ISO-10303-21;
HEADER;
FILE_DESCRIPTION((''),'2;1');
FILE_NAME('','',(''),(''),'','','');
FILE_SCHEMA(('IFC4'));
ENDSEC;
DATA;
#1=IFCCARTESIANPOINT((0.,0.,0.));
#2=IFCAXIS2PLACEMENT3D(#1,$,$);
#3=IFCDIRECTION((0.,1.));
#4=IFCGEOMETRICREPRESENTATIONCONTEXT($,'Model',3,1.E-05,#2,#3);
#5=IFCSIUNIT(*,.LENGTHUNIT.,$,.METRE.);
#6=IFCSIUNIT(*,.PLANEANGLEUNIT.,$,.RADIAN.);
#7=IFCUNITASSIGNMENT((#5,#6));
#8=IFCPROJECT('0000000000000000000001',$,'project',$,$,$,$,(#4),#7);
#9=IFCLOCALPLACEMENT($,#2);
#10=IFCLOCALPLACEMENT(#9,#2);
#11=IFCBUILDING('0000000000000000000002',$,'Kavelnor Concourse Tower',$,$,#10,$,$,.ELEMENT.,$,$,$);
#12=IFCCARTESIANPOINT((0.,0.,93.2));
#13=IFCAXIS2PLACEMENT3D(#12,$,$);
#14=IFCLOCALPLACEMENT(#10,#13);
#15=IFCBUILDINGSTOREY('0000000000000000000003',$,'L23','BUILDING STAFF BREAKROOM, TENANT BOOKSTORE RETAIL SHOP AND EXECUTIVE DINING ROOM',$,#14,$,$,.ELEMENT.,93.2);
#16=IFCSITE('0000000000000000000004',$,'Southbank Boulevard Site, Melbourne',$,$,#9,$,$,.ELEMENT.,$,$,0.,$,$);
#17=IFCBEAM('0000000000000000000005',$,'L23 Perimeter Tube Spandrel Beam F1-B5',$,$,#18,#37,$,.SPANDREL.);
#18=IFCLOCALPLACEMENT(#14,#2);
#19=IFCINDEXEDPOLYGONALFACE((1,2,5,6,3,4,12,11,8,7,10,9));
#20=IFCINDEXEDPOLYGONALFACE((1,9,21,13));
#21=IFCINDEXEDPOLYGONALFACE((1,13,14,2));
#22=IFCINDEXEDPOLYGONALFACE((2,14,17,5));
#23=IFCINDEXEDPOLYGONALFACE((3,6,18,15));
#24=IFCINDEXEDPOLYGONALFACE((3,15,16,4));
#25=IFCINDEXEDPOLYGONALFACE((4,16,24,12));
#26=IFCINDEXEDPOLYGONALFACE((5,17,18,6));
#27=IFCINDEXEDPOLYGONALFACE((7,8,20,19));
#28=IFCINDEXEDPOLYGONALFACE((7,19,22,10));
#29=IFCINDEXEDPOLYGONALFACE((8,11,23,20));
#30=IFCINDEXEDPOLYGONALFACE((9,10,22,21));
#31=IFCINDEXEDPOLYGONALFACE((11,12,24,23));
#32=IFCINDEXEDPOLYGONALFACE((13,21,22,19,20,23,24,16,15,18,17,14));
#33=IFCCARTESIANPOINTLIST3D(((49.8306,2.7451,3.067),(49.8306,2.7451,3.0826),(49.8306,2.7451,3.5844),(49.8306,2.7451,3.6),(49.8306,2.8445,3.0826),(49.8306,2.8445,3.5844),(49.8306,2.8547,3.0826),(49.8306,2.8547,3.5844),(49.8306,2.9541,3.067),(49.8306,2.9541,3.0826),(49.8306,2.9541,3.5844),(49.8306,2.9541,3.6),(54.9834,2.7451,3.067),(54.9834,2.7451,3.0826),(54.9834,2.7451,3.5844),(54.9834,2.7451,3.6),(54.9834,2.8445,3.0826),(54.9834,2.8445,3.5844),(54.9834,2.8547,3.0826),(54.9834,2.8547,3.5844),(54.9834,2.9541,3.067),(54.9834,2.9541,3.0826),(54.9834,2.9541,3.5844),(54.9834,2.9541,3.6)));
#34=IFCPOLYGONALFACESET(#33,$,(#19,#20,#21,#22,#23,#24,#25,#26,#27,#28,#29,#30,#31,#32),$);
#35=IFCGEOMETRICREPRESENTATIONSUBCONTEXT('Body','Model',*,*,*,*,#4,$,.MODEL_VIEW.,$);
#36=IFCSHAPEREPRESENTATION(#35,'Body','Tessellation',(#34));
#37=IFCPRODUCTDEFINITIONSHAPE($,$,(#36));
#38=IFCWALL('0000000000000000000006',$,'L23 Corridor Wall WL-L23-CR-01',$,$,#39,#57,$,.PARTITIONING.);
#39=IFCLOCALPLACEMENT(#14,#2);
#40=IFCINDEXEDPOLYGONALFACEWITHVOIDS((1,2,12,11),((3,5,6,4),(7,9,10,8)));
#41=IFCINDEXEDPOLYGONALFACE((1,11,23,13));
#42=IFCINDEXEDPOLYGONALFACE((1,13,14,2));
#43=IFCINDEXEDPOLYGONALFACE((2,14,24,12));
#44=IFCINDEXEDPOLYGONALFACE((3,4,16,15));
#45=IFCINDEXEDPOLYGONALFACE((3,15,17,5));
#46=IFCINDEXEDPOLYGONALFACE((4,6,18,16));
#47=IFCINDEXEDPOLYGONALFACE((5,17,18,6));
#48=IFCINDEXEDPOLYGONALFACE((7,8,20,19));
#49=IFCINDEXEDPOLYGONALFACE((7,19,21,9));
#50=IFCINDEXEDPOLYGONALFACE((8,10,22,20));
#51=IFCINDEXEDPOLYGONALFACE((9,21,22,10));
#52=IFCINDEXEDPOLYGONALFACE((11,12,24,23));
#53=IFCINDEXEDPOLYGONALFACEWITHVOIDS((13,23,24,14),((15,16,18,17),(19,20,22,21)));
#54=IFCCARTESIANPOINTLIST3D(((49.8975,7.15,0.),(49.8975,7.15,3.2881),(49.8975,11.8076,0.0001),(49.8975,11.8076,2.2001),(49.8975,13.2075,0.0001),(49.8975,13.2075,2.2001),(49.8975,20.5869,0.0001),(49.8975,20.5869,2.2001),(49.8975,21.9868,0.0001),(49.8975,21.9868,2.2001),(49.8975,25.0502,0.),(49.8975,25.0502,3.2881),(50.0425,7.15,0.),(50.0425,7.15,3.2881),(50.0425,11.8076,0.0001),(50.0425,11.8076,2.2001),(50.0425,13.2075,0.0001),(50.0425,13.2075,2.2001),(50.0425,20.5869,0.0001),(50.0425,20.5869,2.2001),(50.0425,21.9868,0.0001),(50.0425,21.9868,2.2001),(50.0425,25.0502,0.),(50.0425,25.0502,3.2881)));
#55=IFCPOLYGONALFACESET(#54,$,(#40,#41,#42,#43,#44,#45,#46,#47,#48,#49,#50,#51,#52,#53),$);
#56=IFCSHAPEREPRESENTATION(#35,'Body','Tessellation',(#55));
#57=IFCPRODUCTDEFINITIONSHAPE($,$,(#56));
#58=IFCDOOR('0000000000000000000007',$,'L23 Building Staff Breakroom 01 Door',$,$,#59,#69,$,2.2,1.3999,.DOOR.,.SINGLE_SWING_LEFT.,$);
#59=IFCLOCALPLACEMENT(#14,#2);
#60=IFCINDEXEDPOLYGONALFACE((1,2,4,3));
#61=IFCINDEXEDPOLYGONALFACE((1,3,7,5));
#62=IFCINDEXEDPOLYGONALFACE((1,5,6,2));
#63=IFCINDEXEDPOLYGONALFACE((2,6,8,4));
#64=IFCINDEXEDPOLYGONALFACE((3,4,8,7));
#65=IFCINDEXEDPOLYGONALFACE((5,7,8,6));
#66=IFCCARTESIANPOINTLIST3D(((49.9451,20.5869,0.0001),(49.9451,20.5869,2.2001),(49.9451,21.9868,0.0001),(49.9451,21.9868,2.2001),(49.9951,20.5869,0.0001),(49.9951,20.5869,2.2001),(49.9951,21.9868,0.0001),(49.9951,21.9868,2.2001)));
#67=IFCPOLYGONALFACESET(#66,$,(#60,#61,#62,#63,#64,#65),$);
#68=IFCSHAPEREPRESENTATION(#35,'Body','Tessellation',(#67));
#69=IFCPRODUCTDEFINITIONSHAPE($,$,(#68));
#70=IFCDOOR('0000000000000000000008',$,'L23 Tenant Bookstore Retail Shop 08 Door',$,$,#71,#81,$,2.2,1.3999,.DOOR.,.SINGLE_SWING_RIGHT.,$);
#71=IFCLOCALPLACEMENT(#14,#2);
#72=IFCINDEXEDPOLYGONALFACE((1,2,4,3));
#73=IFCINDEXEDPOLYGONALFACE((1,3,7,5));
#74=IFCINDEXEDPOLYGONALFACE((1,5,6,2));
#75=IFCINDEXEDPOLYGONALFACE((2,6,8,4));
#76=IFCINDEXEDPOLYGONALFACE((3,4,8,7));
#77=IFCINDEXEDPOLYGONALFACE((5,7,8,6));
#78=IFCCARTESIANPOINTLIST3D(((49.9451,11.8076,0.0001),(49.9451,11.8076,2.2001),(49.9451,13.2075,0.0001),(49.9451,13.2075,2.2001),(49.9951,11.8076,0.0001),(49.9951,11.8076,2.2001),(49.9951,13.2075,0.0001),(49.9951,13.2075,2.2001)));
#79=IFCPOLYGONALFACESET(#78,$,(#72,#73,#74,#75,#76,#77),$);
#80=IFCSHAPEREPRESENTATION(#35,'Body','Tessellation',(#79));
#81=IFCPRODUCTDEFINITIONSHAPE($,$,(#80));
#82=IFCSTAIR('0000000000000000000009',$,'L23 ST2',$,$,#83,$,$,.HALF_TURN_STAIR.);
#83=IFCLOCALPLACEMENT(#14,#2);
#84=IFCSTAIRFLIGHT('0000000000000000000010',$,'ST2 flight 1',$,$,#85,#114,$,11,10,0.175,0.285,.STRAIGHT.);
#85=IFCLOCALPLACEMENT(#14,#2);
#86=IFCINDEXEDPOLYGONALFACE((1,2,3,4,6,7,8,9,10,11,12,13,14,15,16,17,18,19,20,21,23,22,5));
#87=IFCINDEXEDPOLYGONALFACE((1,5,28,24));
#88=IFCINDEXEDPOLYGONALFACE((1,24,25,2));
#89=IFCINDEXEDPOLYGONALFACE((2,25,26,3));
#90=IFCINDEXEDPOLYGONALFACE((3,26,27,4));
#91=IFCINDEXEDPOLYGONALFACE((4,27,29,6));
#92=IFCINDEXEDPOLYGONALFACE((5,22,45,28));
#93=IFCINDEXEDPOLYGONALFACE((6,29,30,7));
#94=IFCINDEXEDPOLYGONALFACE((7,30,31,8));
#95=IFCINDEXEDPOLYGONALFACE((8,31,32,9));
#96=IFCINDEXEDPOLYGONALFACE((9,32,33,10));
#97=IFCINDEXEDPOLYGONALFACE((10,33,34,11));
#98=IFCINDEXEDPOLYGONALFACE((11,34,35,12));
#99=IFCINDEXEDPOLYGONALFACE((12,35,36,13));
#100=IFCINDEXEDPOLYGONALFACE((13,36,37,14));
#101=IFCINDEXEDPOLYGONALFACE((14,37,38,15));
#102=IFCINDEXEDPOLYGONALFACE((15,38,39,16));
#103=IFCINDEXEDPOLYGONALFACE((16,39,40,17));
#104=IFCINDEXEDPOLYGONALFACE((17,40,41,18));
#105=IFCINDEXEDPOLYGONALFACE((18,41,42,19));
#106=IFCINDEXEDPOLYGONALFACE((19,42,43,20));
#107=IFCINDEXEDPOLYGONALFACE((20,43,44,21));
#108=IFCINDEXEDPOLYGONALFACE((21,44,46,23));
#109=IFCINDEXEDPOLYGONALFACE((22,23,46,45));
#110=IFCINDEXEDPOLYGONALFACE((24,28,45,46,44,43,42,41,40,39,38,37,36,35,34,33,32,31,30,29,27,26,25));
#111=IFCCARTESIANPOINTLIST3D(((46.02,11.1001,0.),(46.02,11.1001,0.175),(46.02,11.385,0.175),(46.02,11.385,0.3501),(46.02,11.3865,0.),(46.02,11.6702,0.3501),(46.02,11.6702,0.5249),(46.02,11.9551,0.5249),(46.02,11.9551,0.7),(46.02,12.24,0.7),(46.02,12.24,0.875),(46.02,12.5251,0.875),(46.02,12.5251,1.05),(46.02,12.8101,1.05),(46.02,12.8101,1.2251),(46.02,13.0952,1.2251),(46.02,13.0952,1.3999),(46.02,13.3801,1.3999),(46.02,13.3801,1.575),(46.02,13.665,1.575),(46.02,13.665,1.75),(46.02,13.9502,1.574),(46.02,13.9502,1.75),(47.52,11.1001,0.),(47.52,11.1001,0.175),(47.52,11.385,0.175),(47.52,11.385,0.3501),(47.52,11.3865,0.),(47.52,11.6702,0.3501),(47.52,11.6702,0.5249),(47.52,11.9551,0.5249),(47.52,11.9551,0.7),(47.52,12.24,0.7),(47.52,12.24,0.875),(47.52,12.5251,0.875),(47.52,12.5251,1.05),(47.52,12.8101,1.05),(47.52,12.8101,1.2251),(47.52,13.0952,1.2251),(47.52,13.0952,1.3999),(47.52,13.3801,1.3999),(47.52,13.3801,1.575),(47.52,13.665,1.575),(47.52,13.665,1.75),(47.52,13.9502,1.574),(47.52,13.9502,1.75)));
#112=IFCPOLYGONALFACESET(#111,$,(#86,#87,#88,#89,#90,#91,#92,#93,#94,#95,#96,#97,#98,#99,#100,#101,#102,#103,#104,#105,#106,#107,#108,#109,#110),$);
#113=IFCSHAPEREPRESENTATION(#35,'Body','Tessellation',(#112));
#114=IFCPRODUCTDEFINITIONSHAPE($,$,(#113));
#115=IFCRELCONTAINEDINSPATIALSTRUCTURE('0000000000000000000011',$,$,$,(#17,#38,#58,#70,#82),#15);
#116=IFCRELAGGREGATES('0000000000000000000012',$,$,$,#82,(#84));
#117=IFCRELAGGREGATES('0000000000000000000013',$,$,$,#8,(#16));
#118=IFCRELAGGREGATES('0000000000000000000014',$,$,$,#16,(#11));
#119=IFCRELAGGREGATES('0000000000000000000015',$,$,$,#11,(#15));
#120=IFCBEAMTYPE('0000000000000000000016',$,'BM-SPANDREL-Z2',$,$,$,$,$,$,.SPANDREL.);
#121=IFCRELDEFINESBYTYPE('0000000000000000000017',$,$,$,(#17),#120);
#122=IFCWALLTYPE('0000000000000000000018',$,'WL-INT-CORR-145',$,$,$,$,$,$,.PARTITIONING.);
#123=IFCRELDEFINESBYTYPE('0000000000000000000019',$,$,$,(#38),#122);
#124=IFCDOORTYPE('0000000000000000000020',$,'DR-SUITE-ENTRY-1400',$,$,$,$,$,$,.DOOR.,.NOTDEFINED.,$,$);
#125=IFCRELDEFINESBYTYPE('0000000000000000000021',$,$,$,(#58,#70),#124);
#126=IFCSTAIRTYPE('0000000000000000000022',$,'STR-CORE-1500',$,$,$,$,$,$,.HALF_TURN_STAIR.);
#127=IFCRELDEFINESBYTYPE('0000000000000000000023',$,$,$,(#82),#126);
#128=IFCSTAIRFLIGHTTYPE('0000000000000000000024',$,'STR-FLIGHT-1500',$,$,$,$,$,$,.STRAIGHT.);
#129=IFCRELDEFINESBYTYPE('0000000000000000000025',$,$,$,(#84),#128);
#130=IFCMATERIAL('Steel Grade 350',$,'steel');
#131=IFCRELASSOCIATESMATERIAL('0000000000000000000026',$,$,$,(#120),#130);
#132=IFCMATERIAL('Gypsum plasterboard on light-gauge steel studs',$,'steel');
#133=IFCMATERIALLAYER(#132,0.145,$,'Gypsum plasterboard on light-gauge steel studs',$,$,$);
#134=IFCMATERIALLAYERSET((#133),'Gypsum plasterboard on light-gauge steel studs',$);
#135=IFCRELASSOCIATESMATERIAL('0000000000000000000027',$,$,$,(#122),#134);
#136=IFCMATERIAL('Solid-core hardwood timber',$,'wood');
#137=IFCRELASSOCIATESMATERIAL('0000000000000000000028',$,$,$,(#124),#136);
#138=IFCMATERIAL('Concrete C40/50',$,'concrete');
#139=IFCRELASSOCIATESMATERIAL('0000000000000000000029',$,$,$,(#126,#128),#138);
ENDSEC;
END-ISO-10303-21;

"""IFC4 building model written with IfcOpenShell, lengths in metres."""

from ifc_helpers import new_model, si_unit, direction, frame, frame_2d, origin, origin_2d, place, context, subcontext, project, spatial, polyline, rectangle, i_section, outline, extrude, material, layer, layer_set, material_profile, profile_set, type_object, element, fill, aggregate, save


model = new_model("IFC4")

# Units and contexts
model_context = context("Model", 3, precision=1e-05, world=origin(), true_north=direction((0.0, 1.0)))
body_context = subcontext(model_context, "Body", "Model", "MODEL_VIEW")
ifc_project = project(units=[si_unit("LENGTHUNIT", "METRE"), si_unit("PLANEANGLEUNIT", "RADIAN")], contexts=[model_context])

# Site, building, storey
site_placement = place(None, origin())
site = spatial("IfcSite", under=ifc_project, at=site_placement, Name="Southbank Boulevard Site, Melbourne", CompositionType="ELEMENT", RefElevation=0.0)
building_placement = place(site_placement, origin())
building = spatial("IfcBuilding", under=site, at=building_placement, Name="Kavelnor Concourse Tower", CompositionType="ELEMENT")
storey_placement = place(building_placement, frame((0.0, 0.0, 93.2)))
storey = spatial("IfcBuildingStorey", under=building, at=storey_placement, Name="L23", Description="BUILDING STAFF BREAKROOM, TENANT BOOKSTORE RETAIL SHOP AND EXECUTIVE DINING ROOM", CompositionType="ELEMENT", Elevation=93.2)

# Shared definitions
ifc_material_1 = material(Name="Steel Grade 350", Category="steel")

# Beam
ifc_material_profile_1 = material_profile(ifc_material_1, i_section(OverallWidth=0.209, OverallDepth=0.533, WebThickness=0.0103, FlangeThickness=0.0156, at=origin_2d()), Name="530UB92")
ifc_profile_set_1 = profile_set([ifc_material_profile_1], Name="Steel Grade 350")
beam_type_1 = type_object("IfcBeamType", Name="BM-SPANDREL-Z2", PredefinedType="SPANDREL", material=ifc_profile_set_1)
beam_1_placement = place(storey_placement, frame((49.8306, 2.8496, 3.3335), z_axis=(1.0, 0.0, 0.0), x_axis=(0.0, 1.0, 0.0)))
element("IfcBeam", 1, at=beam_1_placement, inside=storey, type_object=beam_type_1, Name="L23 Perimeter Tube Spandrel Beam F1-B5", PredefinedType="SPANDREL", context=body_context, shape_type="SweptSolid", body=[
    extrude(i_section(OverallWidth=0.209, OverallDepth=0.533, WebThickness=0.0103, FlangeThickness=0.0156, at=origin_2d()), origin(), (0.0, 0.0, 1.0), 5.1528),
])

# Wall, openings, doors
ifc_material_2 = material(Name="Gypsum plasterboard on light-gauge steel studs", Category="steel")
ifc_layer_1 = layer(ifc_material_2, 0.145, Name="Gypsum plasterboard on light-gauge steel studs")
ifc_layer_set_1 = layer_set([ifc_layer_1], Name="Gypsum plasterboard on light-gauge steel studs")
wall_type_1 = type_object("IfcWallType", Name="WL-INT-CORR-145", PredefinedType="PARTITIONING", material=ifc_layer_set_1)
wall_1_placement = place(storey_placement, frame((49.97, 7.1499, 0.0), z_axis=(0.0, 0.0, 1.0), x_axis=(0.0, 1.0, 0.0)))
wall_1 = element("IfcWall", 2, at=wall_1_placement, inside=storey, type_object=wall_type_1, Name="L23 Corridor Wall WL-L23-CR-01", PredefinedType="PARTITIONING", context=body_context, shape_type="SweptSolid", body=[
    extrude(rectangle(XDim=17.9001, YDim=0.145, at=frame_2d((8.9502, 0.0))), origin(), (0.0, 0.0, 1.0), 3.2881),
])
opening_1_placement = place(wall_1_placement, frame((13.437, 0.0, 0.0)))
opening_1 = element("IfcOpeningElement", 3, at=opening_1_placement, cuts=wall_1, PredefinedType="OPENING", context=body_context, shape_type="SweptSolid", body=[
    extrude(rectangle(XDim=1.3999, YDim=2.2, at=frame_2d((0.7, 1.1001))), frame((0.0, 0.0825, 0.0), z_axis=(0.0, -1.0, 0.0), x_axis=(1.0, 0.0, 0.0)), (0.0, 0.0, 1.0), 0.165),
])
opening_2_placement = place(wall_1_placement, frame((4.6577, 0.0, 0.0)))
opening_2 = element("IfcOpeningElement", 4, at=opening_2_placement, cuts=wall_1, PredefinedType="OPENING", context=body_context, shape_type="SweptSolid", body=[
    extrude(rectangle(XDim=1.3999, YDim=2.2, at=frame_2d((0.7, 1.1001))), frame((0.0, 0.0825, 0.0), z_axis=(0.0, -1.0, 0.0), x_axis=(1.0, 0.0, 0.0)), (0.0, 0.0, 1.0), 0.165),
])
ifc_material_3 = material(Name="Solid-core hardwood timber", Category="wood")
door_type_1 = type_object("IfcDoorType", Name="DR-SUITE-ENTRY-1400", OperationType="NOTDEFINED", PredefinedType="DOOR", material=ifc_material_3)
door_1_placement = place(opening_1_placement, origin())
door_1 = element("IfcDoor", 5, at=door_1_placement, inside=storey, type_object=door_type_1, Name="L23 Building Staff Breakroom 01 Door", OperationType="SINGLE_SWING_LEFT", OverallHeight=2.2, OverallWidth=1.3999, PredefinedType="DOOR", context=body_context, shape_type="SweptSolid", body=[
    extrude(rectangle(XDim=1.3999, YDim=2.2, at=frame_2d((0.7, 1.1001))), frame((0.0, 0.0249, 0.0), z_axis=(0.0, -1.0, 0.0), x_axis=(1.0, 0.0, 0.0)), (0.0, 0.0, 1.0), 0.05),
])
fill(opening_1, door_1)
door_2_placement = place(opening_2_placement, origin())
door_2 = element("IfcDoor", 6, at=door_2_placement, inside=storey, type_object=door_type_1, Name="L23 Tenant Bookstore Retail Shop 08 Door", OperationType="SINGLE_SWING_RIGHT", OverallHeight=2.2, OverallWidth=1.3999, PredefinedType="DOOR", context=body_context, shape_type="SweptSolid", body=[
    extrude(rectangle(XDim=1.3999, YDim=2.2, at=frame_2d((0.7, 1.1001))), frame((0.0, 0.0249, 0.0), z_axis=(0.0, -1.0, 0.0), x_axis=(1.0, 0.0, 0.0)), (0.0, 0.0, 1.0), 0.05),
])
fill(opening_2, door_2)

# Stair, stair flight
ifc_material_4 = material(Name="Concrete C40/50", Category="concrete")
stair_type = type_object("IfcStairType", Name="STR-CORE-1500", PredefinedType="HALF_TURN_STAIR", material=ifc_material_4)
stair_placement = place(storey_placement, origin())
stair = element("IfcStair", 7, at=stair_placement, inside=storey, type_object=stair_type, Name="L23 ST2", PredefinedType="HALF_TURN_STAIR")
stair_flight_type = type_object("IfcStairFlightType", Name="STR-FLIGHT-1500", PredefinedType="STRAIGHT", material=ifc_material_4)
stair_flight_placement = place(storey_placement, frame((46.77, 11.1001, 0.0), z_axis=(0.0, 0.0, 1.0), x_axis=(0.0, 1.0, 0.0)))
stair_flight = element("IfcStairFlight", 8, at=stair_flight_placement, type_object=stair_flight_type, Name="ST2 flight 1", NumberOfRisers=11, NumberOfTreads=10, PredefinedType="STRAIGHT", RiserHeight=0.175, TreadLength=0.285, context=body_context, shape_type="SweptSolid", body=[
    extrude(outline(polyline([(0.0, 0.0), (0.0, 0.175), (0.2849, 0.175), (0.2849, 0.3501), (0.5701, 0.3501), (0.5701, 0.5249), (0.855, 0.5249), (0.855, 0.7), (1.1399, 0.7), (1.1399, 0.875), (1.425, 0.875), (1.425, 1.05), (1.71, 1.05), (1.71, 1.2251), (1.9951, 1.2251), (1.9951, 1.3999), (2.28, 1.3999), (2.28, 1.575), (2.5649, 1.575), (2.5649, 1.75), (2.8501, 1.75), (2.8501, 1.925), (2.8501, 1.574), (0.2864, 0.0), (0.0, 0.0)])), frame((0.0, 0.75, 0.0), z_axis=(0.0, -1.0, 0.0), x_axis=(1.0, 0.0, 0.0)), (0.0, 0.0, 1.0), 1.5),
])
aggregate(stair, [stair_flight])

save(model, "model.ifc")
